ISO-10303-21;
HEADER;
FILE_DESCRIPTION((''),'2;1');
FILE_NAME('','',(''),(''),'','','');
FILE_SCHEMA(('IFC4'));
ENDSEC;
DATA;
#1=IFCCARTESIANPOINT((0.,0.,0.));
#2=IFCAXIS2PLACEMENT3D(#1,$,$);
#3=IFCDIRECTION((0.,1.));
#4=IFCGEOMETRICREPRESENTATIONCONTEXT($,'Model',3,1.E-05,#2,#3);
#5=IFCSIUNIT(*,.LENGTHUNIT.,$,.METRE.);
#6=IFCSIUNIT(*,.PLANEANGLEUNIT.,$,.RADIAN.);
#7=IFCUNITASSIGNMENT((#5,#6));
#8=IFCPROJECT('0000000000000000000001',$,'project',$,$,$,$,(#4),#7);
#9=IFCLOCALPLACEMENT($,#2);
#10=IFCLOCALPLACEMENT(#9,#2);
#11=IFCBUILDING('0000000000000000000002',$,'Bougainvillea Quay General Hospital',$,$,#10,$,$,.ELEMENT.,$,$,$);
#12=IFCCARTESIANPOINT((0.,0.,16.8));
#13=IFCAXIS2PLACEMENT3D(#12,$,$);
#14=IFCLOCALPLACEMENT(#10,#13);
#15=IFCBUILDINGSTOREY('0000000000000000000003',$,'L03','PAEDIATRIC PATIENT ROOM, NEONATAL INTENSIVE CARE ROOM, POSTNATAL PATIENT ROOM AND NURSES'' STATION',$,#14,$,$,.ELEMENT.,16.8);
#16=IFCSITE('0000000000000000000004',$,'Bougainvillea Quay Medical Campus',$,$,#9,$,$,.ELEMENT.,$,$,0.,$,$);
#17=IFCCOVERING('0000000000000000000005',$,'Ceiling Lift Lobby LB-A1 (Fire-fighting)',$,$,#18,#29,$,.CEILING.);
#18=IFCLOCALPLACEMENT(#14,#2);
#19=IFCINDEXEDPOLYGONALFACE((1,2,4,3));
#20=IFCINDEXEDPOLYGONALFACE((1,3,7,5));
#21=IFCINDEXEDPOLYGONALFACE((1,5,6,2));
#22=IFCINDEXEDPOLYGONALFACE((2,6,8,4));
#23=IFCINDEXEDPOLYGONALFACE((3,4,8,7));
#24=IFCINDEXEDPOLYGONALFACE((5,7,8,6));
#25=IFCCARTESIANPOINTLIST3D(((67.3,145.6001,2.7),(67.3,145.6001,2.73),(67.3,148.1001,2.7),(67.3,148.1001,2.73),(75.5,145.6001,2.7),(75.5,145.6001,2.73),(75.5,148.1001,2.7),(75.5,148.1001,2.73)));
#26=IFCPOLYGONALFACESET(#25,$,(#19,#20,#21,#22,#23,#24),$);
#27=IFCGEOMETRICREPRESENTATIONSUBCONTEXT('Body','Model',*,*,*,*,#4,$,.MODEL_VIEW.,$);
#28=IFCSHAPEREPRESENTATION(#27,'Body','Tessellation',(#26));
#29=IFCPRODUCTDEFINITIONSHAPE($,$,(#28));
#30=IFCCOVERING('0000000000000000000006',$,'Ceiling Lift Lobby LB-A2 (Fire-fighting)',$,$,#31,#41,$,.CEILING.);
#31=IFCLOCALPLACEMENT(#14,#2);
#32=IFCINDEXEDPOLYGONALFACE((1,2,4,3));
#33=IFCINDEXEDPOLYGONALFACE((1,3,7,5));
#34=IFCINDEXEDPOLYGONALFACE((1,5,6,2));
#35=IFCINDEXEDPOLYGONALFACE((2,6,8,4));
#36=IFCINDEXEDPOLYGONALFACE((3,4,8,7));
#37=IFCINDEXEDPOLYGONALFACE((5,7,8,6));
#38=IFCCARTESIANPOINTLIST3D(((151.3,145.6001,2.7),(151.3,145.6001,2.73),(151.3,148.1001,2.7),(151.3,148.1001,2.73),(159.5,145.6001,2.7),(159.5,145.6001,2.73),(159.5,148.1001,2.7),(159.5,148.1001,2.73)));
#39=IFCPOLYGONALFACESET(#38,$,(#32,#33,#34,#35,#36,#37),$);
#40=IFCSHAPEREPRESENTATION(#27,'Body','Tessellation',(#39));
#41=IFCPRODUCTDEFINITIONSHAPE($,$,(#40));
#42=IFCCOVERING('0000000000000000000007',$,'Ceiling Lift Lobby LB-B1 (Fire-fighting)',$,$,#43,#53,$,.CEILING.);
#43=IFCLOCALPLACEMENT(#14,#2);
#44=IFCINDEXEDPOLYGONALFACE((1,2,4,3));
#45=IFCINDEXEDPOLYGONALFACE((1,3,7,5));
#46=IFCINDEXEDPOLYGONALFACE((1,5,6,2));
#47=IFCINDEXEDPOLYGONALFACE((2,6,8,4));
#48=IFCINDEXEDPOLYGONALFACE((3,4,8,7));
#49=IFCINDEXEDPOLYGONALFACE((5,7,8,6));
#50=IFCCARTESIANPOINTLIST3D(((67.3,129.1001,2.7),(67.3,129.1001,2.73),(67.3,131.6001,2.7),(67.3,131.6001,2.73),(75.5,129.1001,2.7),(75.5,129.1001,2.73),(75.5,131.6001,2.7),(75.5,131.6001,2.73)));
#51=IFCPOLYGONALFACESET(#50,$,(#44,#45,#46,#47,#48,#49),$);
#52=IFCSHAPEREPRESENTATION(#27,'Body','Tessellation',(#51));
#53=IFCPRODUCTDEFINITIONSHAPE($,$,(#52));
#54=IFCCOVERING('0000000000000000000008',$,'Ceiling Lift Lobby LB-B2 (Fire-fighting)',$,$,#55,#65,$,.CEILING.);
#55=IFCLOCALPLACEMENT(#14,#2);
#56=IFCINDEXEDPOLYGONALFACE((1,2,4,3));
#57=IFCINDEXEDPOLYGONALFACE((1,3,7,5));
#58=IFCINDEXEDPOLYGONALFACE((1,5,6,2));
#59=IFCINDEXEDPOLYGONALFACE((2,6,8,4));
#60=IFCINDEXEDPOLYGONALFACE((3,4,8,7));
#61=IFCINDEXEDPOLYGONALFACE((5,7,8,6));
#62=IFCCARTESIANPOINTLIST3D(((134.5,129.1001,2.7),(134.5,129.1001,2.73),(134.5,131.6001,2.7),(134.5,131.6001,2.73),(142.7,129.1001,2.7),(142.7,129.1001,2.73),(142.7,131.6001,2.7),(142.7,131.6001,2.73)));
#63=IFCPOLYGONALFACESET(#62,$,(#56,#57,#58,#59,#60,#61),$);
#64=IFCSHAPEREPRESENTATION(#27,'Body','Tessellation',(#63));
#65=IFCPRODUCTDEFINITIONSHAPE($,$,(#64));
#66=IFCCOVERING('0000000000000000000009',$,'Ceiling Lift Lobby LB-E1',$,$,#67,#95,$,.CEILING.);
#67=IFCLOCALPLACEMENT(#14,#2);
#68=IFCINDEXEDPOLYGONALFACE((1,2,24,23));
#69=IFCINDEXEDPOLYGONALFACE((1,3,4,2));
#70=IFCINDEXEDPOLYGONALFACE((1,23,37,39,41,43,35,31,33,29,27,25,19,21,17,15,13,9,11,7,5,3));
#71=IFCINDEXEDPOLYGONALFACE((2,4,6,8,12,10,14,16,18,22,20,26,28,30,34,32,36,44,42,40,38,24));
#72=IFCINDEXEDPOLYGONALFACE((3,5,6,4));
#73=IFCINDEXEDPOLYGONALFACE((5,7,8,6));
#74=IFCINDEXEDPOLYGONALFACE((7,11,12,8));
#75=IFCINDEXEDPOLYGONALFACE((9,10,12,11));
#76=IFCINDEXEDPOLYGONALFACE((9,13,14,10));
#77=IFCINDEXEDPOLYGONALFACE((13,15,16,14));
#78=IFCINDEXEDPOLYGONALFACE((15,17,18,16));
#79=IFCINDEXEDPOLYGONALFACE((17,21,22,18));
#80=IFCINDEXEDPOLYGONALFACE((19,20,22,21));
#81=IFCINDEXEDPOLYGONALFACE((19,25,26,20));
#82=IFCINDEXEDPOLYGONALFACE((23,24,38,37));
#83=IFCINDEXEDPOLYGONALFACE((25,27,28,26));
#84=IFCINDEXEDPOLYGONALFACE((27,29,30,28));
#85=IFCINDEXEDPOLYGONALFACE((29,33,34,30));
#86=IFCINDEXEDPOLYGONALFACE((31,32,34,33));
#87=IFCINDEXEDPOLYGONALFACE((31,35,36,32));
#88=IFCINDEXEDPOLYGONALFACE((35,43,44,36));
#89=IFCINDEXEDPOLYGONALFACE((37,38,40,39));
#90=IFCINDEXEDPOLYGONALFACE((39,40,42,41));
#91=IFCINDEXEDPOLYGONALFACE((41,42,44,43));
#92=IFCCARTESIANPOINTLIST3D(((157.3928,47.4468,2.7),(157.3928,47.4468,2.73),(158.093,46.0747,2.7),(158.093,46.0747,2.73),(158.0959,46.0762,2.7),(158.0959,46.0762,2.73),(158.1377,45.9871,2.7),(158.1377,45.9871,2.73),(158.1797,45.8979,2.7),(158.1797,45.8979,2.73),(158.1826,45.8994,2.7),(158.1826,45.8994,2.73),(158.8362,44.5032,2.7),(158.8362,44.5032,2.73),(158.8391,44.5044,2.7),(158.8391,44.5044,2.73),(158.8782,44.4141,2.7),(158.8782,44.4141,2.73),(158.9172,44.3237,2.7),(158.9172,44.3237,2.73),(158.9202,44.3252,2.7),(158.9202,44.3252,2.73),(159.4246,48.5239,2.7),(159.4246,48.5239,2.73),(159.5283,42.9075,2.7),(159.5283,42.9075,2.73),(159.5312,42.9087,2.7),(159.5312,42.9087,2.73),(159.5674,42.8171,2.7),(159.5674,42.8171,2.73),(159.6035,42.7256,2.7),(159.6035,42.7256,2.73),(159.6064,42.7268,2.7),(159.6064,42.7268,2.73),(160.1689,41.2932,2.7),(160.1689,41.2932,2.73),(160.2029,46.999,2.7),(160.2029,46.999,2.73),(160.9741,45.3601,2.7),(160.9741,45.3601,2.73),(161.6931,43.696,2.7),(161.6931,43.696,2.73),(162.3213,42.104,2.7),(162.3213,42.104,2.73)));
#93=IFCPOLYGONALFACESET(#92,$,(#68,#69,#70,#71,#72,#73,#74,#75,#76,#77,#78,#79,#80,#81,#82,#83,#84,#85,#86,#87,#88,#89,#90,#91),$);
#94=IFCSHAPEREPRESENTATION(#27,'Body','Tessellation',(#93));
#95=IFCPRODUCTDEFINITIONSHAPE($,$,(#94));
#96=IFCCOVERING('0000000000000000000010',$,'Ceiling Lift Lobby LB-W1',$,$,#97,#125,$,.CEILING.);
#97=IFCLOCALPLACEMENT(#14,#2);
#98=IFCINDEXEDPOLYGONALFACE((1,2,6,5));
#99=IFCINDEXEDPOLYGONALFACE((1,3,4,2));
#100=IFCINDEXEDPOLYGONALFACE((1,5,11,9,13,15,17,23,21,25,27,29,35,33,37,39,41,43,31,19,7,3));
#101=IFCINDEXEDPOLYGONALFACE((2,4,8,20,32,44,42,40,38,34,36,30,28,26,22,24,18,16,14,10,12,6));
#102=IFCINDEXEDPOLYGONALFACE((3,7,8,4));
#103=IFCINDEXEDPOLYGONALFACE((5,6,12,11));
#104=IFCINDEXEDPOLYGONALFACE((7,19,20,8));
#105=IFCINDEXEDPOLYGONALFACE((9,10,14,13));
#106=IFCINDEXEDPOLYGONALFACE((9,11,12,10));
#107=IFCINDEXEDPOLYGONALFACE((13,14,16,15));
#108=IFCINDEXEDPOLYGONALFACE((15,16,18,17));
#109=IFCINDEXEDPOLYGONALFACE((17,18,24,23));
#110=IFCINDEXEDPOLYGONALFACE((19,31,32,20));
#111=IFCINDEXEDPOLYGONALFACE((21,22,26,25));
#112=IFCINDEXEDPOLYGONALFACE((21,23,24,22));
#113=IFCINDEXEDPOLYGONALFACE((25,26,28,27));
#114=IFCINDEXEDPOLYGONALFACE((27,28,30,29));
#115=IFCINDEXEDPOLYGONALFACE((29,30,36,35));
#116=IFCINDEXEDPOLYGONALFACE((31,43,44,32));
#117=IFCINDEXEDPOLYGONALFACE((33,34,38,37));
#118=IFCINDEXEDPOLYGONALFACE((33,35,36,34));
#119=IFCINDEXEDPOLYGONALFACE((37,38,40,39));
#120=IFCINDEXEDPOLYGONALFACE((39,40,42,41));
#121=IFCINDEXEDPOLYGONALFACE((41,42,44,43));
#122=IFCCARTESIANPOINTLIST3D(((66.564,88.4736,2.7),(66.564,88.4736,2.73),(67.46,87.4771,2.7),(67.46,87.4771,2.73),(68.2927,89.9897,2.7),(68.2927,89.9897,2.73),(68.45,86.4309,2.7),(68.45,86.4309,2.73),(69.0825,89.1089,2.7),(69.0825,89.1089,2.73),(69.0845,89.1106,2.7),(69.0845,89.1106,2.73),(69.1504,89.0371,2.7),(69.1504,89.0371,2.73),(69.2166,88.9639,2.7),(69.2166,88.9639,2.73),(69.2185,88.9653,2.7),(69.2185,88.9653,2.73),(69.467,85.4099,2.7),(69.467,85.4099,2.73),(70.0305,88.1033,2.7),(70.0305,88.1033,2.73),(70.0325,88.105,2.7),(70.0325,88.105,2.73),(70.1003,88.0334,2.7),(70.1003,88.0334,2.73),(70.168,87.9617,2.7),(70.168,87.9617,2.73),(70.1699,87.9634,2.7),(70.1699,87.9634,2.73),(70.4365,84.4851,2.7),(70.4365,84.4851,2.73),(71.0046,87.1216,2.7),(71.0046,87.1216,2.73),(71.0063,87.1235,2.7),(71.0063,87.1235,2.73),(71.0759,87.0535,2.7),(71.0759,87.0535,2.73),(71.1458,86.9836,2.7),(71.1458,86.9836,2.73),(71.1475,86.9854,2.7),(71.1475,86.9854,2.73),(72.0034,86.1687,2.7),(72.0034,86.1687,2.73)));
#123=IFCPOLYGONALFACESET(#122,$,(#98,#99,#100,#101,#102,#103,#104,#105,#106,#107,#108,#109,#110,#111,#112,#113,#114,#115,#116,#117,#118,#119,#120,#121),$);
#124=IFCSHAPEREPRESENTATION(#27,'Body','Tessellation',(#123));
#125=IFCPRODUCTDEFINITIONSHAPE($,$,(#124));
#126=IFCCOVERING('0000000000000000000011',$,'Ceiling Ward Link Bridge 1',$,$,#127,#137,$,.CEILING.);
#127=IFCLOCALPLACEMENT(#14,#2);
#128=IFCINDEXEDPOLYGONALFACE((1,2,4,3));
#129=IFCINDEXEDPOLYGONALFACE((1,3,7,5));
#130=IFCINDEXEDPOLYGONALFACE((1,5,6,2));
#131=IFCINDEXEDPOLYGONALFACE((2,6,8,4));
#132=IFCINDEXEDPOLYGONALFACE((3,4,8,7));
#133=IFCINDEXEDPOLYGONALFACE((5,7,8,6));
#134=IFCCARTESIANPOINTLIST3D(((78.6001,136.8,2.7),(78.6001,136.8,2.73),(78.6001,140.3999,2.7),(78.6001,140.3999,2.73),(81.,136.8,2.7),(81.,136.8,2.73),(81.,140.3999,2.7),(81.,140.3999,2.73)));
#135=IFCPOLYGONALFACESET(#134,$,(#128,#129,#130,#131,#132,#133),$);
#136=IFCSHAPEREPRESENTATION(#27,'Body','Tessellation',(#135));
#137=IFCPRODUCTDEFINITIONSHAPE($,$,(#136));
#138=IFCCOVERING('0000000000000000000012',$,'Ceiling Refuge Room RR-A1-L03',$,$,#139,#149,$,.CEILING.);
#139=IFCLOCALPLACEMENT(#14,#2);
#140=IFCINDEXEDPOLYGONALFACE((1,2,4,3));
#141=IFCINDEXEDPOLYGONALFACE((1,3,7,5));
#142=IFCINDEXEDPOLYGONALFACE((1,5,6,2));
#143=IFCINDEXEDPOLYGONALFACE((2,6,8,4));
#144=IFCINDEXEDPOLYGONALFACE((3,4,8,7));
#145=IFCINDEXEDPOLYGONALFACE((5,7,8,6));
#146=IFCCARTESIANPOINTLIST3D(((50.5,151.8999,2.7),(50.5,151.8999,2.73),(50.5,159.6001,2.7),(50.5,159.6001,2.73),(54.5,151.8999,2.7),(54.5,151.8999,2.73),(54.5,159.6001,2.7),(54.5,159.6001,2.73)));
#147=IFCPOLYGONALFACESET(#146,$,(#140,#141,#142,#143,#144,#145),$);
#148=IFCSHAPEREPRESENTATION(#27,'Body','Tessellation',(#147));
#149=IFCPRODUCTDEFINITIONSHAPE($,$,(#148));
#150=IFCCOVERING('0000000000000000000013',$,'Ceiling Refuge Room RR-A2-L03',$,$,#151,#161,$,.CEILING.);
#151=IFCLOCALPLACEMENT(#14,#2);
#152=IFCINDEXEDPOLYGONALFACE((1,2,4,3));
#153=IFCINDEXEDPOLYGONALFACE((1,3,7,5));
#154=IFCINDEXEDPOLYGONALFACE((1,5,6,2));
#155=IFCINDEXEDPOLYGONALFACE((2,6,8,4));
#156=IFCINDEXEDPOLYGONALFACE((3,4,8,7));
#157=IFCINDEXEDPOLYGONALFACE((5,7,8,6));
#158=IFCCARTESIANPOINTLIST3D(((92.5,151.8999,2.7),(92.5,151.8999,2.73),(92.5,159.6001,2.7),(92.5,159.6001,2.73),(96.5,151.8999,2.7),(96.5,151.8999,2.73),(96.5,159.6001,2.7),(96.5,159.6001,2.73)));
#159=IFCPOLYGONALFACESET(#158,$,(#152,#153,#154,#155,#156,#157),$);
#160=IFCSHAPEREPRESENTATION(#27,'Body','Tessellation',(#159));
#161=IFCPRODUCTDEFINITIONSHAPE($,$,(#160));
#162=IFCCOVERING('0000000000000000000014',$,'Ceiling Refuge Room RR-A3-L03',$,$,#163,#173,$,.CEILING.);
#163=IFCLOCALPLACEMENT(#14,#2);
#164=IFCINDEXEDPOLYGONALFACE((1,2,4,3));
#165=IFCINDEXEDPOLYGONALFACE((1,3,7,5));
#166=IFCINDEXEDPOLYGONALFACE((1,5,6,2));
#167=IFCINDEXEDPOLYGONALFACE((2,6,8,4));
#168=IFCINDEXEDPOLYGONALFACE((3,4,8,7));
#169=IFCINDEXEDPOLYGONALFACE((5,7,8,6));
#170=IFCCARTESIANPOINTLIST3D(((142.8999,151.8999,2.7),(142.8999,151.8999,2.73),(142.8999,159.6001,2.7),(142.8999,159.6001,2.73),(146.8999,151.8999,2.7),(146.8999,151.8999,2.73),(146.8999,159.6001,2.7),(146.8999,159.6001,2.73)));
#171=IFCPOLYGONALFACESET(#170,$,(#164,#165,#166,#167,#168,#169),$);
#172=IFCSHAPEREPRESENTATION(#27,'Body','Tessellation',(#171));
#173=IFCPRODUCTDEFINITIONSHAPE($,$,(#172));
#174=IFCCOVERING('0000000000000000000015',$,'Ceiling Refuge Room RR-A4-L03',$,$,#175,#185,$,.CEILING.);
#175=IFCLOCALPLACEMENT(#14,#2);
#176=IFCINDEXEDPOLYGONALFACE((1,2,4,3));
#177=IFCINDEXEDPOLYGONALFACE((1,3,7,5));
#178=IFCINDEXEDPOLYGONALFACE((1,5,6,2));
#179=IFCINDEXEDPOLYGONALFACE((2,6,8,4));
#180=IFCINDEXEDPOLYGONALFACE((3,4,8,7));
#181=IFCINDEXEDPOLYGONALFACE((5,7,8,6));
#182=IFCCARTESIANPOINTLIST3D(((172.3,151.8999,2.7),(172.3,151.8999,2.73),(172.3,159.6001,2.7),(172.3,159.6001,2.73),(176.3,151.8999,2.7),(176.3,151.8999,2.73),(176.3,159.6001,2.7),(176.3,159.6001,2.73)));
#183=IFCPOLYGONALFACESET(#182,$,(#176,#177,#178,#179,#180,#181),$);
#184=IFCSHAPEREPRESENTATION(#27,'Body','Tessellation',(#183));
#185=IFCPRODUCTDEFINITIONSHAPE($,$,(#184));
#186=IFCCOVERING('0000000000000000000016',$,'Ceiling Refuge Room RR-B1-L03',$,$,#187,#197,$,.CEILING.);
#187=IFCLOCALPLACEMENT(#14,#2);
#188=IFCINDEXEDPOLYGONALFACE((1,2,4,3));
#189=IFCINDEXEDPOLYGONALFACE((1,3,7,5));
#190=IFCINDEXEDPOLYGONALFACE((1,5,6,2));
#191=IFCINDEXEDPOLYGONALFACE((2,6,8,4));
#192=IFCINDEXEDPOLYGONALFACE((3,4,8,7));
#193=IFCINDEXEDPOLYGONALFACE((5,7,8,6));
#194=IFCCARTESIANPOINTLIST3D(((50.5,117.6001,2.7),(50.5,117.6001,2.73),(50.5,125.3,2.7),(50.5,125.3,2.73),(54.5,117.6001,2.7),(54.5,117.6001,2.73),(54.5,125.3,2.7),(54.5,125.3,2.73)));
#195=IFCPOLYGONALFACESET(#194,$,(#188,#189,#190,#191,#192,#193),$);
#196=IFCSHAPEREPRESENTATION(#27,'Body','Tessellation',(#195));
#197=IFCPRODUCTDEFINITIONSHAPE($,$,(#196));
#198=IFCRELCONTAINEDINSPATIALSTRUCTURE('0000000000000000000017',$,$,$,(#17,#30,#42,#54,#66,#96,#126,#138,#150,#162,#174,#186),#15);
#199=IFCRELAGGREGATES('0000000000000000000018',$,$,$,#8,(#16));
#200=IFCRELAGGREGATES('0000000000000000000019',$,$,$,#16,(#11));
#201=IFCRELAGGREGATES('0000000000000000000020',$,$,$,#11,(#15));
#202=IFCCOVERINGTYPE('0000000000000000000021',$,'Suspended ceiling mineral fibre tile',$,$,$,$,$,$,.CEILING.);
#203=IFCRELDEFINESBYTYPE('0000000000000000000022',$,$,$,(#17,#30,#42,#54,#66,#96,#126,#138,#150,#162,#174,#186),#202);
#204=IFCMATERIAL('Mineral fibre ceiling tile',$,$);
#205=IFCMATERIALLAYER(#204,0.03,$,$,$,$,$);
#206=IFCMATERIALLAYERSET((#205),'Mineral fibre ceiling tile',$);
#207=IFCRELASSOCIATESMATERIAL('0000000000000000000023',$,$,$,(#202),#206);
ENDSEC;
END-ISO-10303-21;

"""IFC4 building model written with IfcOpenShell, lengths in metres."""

from ifc_helpers import new_model, si_unit, direction, frame, origin, place, context, subcontext, project, spatial, polyline, outline, extrude, material, layer, layer_set, type_object, element, save


model = new_model("IFC4")

# Units and contexts
model_context = context("Model", 3, precision=1e-05, world=origin(), true_north=direction((0.0, 1.0)))
body_context = subcontext(model_context, "Body", "Model", "MODEL_VIEW")
ifc_project = project(units=[si_unit("LENGTHUNIT", "METRE"), si_unit("PLANEANGLEUNIT", "RADIAN")], contexts=[model_context])

# Site, building, storey
site_placement = place(None, origin())
site = spatial("IfcSite", under=ifc_project, at=site_placement, Name="Bougainvillea Quay Medical Campus", CompositionType="ELEMENT", RefElevation=0.0)
building_placement = place(site_placement, origin())
building = spatial("IfcBuilding", under=site, at=building_placement, Name="Bougainvillea Quay General Hospital", CompositionType="ELEMENT")
storey_placement = place(building_placement, frame((0.0, 0.0, 16.8)))
storey = spatial("IfcBuildingStorey", under=building, at=storey_placement, Name="L03", Description="PAEDIATRIC PATIENT ROOM, NEONATAL INTENSIVE CARE ROOM, POSTNATAL PATIENT ROOM AND NURSES' STATION", CompositionType="ELEMENT", Elevation=16.8)

# Coverings
ifc_material = material(Name="Mineral fibre ceiling tile")
ifc_layer = layer(ifc_material, 0.03)
ifc_layer_set = layer_set([ifc_layer], Name="Mineral fibre ceiling tile")
covering_type = type_object("IfcCoveringType", Name="Suspended ceiling mineral fibre tile", PredefinedType="CEILING", material=ifc_layer_set)
covering_1_placement = place(storey_placement, frame((0.0, 0.0, 2.7)))
element("IfcCovering", 1, at=covering_1_placement, inside=storey, type_object=covering_type, Name="Ceiling Lift Lobby LB-A1 (Fire-fighting)", PredefinedType="CEILING", context=body_context, shape_type="SweptSolid", body=[
    extrude(outline(polyline([(75.5, 145.6001), (75.5, 148.1001), (67.3, 148.1001), (67.3, 145.6001), (75.5, 145.6001)])), origin(), (0.0, 0.0, 1.0), 0.03),
])
covering_2_placement = place(storey_placement, frame((0.0, 0.0, 2.7)))
element("IfcCovering", 2, at=covering_2_placement, inside=storey, type_object=covering_type, Name="Ceiling Lift Lobby LB-A2 (Fire-fighting)", PredefinedType="CEILING", context=body_context, shape_type="SweptSolid", body=[
    extrude(outline(polyline([(159.5, 145.6001), (159.5, 148.1001), (151.3, 148.1001), (151.3, 145.6001), (159.5, 145.6001)])), origin(), (0.0, 0.0, 1.0), 0.03),
])
covering_3_placement = place(storey_placement, frame((0.0, 0.0, 2.7)))
element("IfcCovering", 3, at=covering_3_placement, inside=storey, type_object=covering_type, Name="Ceiling Lift Lobby LB-B1 (Fire-fighting)", PredefinedType="CEILING", context=body_context, shape_type="SweptSolid", body=[
    extrude(outline(polyline([(67.3, 131.6001), (67.3, 129.1001), (75.5, 129.1001), (75.5, 131.6001), (67.3, 131.6001)])), origin(), (0.0, 0.0, 1.0), 0.03),
])
covering_4_placement = place(storey_placement, frame((0.0, 0.0, 2.7)))
element("IfcCovering", 4, at=covering_4_placement, inside=storey, type_object=covering_type, Name="Ceiling Lift Lobby LB-B2 (Fire-fighting)", PredefinedType="CEILING", context=body_context, shape_type="SweptSolid", body=[
    extrude(outline(polyline([(134.5, 131.6001), (134.5, 129.1001), (142.7, 129.1001), (142.7, 131.6001), (134.5, 131.6001)])), origin(), (0.0, 0.0, 1.0), 0.03),
])
covering_5_placement = place(storey_placement, frame((0.0, 0.0, 2.7)))
element("IfcCovering", 5, at=covering_5_placement, inside=storey, type_object=covering_type, Name="Ceiling Lift Lobby LB-E1", PredefinedType="CEILING", context=body_context, shape_type="SweptSolid", body=[
    extrude(outline(polyline([(159.4246, 48.5239), (157.3928, 47.4468), (158.093, 46.0747), (158.0959, 46.0762), (158.1377, 45.9871), (158.1826, 45.8994), (158.1797, 45.8979), (158.8362, 44.5032), (158.8391, 44.5044), (158.8782, 44.4141), (158.9202, 44.3252), (158.9172, 44.3237), (159.5283, 42.9075), (159.5312, 42.9087), (159.5674, 42.8171), (159.6064, 42.7268), (159.6035, 42.7256), (160.1689, 41.2932), (162.3213, 42.104), (161.6931, 43.696), (160.9741, 45.3601), (160.2029, 46.999), (159.4246, 48.5239)])), origin(), (0.0, 0.0, 1.0), 0.03),
])
covering_6_placement = place(storey_placement, frame((0.0, 0.0, 2.7)))
element("IfcCovering", 6, at=covering_6_placement, inside=storey, type_object=covering_type, Name="Ceiling Lift Lobby LB-W1", PredefinedType="CEILING", context=body_context, shape_type="SweptSolid", body=[
    extrude(outline(polyline([(70.4365, 84.4851), (72.0034, 86.1687), (71.1475, 86.9854), (71.1458, 86.9836), (71.0759, 87.0535), (71.0046, 87.1216), (71.0063, 87.1235), (70.1699, 87.9634), (70.168, 87.9617), (70.1003, 88.0334), (70.0305, 88.1033), (70.0325, 88.105), (69.2185, 88.9653), (69.2166, 88.9639), (69.1504, 89.0371), (69.0825, 89.1089), (69.0845, 89.1106), (68.2927, 89.9897), (66.564, 88.4736), (67.46, 87.4771), (68.45, 86.4309), (69.467, 85.4099), (70.4365, 84.4851)])), origin(), (0.0, 0.0, 1.0), 0.03),
])
covering_7_placement = place(storey_placement, frame((0.0, 0.0, 2.7)))
element("IfcCovering", 7, at=covering_7_placement, inside=storey, type_object=covering_type, Name="Ceiling Ward Link Bridge 1", PredefinedType="CEILING", context=body_context, shape_type="SweptSolid", body=[
    extrude(outline(polyline([(81.0, 136.8), (81.0, 140.3999), (78.6001, 140.3999), (78.6001, 136.8), (81.0, 136.8)])), origin(), (0.0, 0.0, 1.0), 0.03),
])
covering_8_placement = place(storey_placement, frame((0.0, 0.0, 2.7)))
element("IfcCovering", 8, at=covering_8_placement, inside=storey, type_object=covering_type, Name="Ceiling Refuge Room RR-A1-L03", PredefinedType="CEILING", context=body_context, shape_type="SweptSolid", body=[
    extrude(outline(polyline([(50.5, 159.6001), (50.5, 151.8999), (54.5, 151.8999), (54.5, 159.6001), (50.5, 159.6001)])), origin(), (0.0, 0.0, 1.0), 0.03),
])
covering_9_placement = place(storey_placement, frame((0.0, 0.0, 2.7)))
element("IfcCovering", 9, at=covering_9_placement, inside=storey, type_object=covering_type, Name="Ceiling Refuge Room RR-A2-L03", PredefinedType="CEILING", context=body_context, shape_type="SweptSolid", body=[
    extrude(outline(polyline([(92.5, 159.6001), (92.5, 151.8999), (96.5, 151.8999), (96.5, 159.6001), (92.5, 159.6001)])), origin(), (0.0, 0.0, 1.0), 0.03),
])
covering_10_placement = place(storey_placement, frame((0.0, 0.0, 2.7)))
element("IfcCovering", 10, at=covering_10_placement, inside=storey, type_object=covering_type, Name="Ceiling Refuge Room RR-A3-L03", PredefinedType="CEILING", context=body_context, shape_type="SweptSolid", body=[
    extrude(outline(polyline([(142.8999, 159.6001), (142.8999, 151.8999), (146.8999, 151.8999), (146.8999, 159.6001), (142.8999, 159.6001)])), origin(), (0.0, 0.0, 1.0), 0.03),
])
covering_11_placement = place(storey_placement, frame((0.0, 0.0, 2.7)))
element("IfcCovering", 11, at=covering_11_placement, inside=storey, type_object=covering_type, Name="Ceiling Refuge Room RR-A4-L03", PredefinedType="CEILING", context=body_context, shape_type="SweptSolid", body=[
    extrude(outline(polyline([(172.3, 159.6001), (172.3, 151.8999), (176.3, 151.8999), (176.3, 159.6001), (172.3, 159.6001)])), origin(), (0.0, 0.0, 1.0), 0.03),
])
covering_12_placement = place(storey_placement, frame((0.0, 0.0, 2.7)))
element("IfcCovering", 12, at=covering_12_placement, inside=storey, type_object=covering_type, Name="Ceiling Refuge Room RR-B1-L03", PredefinedType="CEILING", context=body_context, shape_type="SweptSolid", body=[
    extrude(outline(polyline([(54.5, 117.6001), (54.5, 125.3), (50.5, 125.3), (50.5, 117.6001), (54.5, 117.6001)])), origin(), (0.0, 0.0, 1.0), 0.03),
])

save(model, "model.ifc")
